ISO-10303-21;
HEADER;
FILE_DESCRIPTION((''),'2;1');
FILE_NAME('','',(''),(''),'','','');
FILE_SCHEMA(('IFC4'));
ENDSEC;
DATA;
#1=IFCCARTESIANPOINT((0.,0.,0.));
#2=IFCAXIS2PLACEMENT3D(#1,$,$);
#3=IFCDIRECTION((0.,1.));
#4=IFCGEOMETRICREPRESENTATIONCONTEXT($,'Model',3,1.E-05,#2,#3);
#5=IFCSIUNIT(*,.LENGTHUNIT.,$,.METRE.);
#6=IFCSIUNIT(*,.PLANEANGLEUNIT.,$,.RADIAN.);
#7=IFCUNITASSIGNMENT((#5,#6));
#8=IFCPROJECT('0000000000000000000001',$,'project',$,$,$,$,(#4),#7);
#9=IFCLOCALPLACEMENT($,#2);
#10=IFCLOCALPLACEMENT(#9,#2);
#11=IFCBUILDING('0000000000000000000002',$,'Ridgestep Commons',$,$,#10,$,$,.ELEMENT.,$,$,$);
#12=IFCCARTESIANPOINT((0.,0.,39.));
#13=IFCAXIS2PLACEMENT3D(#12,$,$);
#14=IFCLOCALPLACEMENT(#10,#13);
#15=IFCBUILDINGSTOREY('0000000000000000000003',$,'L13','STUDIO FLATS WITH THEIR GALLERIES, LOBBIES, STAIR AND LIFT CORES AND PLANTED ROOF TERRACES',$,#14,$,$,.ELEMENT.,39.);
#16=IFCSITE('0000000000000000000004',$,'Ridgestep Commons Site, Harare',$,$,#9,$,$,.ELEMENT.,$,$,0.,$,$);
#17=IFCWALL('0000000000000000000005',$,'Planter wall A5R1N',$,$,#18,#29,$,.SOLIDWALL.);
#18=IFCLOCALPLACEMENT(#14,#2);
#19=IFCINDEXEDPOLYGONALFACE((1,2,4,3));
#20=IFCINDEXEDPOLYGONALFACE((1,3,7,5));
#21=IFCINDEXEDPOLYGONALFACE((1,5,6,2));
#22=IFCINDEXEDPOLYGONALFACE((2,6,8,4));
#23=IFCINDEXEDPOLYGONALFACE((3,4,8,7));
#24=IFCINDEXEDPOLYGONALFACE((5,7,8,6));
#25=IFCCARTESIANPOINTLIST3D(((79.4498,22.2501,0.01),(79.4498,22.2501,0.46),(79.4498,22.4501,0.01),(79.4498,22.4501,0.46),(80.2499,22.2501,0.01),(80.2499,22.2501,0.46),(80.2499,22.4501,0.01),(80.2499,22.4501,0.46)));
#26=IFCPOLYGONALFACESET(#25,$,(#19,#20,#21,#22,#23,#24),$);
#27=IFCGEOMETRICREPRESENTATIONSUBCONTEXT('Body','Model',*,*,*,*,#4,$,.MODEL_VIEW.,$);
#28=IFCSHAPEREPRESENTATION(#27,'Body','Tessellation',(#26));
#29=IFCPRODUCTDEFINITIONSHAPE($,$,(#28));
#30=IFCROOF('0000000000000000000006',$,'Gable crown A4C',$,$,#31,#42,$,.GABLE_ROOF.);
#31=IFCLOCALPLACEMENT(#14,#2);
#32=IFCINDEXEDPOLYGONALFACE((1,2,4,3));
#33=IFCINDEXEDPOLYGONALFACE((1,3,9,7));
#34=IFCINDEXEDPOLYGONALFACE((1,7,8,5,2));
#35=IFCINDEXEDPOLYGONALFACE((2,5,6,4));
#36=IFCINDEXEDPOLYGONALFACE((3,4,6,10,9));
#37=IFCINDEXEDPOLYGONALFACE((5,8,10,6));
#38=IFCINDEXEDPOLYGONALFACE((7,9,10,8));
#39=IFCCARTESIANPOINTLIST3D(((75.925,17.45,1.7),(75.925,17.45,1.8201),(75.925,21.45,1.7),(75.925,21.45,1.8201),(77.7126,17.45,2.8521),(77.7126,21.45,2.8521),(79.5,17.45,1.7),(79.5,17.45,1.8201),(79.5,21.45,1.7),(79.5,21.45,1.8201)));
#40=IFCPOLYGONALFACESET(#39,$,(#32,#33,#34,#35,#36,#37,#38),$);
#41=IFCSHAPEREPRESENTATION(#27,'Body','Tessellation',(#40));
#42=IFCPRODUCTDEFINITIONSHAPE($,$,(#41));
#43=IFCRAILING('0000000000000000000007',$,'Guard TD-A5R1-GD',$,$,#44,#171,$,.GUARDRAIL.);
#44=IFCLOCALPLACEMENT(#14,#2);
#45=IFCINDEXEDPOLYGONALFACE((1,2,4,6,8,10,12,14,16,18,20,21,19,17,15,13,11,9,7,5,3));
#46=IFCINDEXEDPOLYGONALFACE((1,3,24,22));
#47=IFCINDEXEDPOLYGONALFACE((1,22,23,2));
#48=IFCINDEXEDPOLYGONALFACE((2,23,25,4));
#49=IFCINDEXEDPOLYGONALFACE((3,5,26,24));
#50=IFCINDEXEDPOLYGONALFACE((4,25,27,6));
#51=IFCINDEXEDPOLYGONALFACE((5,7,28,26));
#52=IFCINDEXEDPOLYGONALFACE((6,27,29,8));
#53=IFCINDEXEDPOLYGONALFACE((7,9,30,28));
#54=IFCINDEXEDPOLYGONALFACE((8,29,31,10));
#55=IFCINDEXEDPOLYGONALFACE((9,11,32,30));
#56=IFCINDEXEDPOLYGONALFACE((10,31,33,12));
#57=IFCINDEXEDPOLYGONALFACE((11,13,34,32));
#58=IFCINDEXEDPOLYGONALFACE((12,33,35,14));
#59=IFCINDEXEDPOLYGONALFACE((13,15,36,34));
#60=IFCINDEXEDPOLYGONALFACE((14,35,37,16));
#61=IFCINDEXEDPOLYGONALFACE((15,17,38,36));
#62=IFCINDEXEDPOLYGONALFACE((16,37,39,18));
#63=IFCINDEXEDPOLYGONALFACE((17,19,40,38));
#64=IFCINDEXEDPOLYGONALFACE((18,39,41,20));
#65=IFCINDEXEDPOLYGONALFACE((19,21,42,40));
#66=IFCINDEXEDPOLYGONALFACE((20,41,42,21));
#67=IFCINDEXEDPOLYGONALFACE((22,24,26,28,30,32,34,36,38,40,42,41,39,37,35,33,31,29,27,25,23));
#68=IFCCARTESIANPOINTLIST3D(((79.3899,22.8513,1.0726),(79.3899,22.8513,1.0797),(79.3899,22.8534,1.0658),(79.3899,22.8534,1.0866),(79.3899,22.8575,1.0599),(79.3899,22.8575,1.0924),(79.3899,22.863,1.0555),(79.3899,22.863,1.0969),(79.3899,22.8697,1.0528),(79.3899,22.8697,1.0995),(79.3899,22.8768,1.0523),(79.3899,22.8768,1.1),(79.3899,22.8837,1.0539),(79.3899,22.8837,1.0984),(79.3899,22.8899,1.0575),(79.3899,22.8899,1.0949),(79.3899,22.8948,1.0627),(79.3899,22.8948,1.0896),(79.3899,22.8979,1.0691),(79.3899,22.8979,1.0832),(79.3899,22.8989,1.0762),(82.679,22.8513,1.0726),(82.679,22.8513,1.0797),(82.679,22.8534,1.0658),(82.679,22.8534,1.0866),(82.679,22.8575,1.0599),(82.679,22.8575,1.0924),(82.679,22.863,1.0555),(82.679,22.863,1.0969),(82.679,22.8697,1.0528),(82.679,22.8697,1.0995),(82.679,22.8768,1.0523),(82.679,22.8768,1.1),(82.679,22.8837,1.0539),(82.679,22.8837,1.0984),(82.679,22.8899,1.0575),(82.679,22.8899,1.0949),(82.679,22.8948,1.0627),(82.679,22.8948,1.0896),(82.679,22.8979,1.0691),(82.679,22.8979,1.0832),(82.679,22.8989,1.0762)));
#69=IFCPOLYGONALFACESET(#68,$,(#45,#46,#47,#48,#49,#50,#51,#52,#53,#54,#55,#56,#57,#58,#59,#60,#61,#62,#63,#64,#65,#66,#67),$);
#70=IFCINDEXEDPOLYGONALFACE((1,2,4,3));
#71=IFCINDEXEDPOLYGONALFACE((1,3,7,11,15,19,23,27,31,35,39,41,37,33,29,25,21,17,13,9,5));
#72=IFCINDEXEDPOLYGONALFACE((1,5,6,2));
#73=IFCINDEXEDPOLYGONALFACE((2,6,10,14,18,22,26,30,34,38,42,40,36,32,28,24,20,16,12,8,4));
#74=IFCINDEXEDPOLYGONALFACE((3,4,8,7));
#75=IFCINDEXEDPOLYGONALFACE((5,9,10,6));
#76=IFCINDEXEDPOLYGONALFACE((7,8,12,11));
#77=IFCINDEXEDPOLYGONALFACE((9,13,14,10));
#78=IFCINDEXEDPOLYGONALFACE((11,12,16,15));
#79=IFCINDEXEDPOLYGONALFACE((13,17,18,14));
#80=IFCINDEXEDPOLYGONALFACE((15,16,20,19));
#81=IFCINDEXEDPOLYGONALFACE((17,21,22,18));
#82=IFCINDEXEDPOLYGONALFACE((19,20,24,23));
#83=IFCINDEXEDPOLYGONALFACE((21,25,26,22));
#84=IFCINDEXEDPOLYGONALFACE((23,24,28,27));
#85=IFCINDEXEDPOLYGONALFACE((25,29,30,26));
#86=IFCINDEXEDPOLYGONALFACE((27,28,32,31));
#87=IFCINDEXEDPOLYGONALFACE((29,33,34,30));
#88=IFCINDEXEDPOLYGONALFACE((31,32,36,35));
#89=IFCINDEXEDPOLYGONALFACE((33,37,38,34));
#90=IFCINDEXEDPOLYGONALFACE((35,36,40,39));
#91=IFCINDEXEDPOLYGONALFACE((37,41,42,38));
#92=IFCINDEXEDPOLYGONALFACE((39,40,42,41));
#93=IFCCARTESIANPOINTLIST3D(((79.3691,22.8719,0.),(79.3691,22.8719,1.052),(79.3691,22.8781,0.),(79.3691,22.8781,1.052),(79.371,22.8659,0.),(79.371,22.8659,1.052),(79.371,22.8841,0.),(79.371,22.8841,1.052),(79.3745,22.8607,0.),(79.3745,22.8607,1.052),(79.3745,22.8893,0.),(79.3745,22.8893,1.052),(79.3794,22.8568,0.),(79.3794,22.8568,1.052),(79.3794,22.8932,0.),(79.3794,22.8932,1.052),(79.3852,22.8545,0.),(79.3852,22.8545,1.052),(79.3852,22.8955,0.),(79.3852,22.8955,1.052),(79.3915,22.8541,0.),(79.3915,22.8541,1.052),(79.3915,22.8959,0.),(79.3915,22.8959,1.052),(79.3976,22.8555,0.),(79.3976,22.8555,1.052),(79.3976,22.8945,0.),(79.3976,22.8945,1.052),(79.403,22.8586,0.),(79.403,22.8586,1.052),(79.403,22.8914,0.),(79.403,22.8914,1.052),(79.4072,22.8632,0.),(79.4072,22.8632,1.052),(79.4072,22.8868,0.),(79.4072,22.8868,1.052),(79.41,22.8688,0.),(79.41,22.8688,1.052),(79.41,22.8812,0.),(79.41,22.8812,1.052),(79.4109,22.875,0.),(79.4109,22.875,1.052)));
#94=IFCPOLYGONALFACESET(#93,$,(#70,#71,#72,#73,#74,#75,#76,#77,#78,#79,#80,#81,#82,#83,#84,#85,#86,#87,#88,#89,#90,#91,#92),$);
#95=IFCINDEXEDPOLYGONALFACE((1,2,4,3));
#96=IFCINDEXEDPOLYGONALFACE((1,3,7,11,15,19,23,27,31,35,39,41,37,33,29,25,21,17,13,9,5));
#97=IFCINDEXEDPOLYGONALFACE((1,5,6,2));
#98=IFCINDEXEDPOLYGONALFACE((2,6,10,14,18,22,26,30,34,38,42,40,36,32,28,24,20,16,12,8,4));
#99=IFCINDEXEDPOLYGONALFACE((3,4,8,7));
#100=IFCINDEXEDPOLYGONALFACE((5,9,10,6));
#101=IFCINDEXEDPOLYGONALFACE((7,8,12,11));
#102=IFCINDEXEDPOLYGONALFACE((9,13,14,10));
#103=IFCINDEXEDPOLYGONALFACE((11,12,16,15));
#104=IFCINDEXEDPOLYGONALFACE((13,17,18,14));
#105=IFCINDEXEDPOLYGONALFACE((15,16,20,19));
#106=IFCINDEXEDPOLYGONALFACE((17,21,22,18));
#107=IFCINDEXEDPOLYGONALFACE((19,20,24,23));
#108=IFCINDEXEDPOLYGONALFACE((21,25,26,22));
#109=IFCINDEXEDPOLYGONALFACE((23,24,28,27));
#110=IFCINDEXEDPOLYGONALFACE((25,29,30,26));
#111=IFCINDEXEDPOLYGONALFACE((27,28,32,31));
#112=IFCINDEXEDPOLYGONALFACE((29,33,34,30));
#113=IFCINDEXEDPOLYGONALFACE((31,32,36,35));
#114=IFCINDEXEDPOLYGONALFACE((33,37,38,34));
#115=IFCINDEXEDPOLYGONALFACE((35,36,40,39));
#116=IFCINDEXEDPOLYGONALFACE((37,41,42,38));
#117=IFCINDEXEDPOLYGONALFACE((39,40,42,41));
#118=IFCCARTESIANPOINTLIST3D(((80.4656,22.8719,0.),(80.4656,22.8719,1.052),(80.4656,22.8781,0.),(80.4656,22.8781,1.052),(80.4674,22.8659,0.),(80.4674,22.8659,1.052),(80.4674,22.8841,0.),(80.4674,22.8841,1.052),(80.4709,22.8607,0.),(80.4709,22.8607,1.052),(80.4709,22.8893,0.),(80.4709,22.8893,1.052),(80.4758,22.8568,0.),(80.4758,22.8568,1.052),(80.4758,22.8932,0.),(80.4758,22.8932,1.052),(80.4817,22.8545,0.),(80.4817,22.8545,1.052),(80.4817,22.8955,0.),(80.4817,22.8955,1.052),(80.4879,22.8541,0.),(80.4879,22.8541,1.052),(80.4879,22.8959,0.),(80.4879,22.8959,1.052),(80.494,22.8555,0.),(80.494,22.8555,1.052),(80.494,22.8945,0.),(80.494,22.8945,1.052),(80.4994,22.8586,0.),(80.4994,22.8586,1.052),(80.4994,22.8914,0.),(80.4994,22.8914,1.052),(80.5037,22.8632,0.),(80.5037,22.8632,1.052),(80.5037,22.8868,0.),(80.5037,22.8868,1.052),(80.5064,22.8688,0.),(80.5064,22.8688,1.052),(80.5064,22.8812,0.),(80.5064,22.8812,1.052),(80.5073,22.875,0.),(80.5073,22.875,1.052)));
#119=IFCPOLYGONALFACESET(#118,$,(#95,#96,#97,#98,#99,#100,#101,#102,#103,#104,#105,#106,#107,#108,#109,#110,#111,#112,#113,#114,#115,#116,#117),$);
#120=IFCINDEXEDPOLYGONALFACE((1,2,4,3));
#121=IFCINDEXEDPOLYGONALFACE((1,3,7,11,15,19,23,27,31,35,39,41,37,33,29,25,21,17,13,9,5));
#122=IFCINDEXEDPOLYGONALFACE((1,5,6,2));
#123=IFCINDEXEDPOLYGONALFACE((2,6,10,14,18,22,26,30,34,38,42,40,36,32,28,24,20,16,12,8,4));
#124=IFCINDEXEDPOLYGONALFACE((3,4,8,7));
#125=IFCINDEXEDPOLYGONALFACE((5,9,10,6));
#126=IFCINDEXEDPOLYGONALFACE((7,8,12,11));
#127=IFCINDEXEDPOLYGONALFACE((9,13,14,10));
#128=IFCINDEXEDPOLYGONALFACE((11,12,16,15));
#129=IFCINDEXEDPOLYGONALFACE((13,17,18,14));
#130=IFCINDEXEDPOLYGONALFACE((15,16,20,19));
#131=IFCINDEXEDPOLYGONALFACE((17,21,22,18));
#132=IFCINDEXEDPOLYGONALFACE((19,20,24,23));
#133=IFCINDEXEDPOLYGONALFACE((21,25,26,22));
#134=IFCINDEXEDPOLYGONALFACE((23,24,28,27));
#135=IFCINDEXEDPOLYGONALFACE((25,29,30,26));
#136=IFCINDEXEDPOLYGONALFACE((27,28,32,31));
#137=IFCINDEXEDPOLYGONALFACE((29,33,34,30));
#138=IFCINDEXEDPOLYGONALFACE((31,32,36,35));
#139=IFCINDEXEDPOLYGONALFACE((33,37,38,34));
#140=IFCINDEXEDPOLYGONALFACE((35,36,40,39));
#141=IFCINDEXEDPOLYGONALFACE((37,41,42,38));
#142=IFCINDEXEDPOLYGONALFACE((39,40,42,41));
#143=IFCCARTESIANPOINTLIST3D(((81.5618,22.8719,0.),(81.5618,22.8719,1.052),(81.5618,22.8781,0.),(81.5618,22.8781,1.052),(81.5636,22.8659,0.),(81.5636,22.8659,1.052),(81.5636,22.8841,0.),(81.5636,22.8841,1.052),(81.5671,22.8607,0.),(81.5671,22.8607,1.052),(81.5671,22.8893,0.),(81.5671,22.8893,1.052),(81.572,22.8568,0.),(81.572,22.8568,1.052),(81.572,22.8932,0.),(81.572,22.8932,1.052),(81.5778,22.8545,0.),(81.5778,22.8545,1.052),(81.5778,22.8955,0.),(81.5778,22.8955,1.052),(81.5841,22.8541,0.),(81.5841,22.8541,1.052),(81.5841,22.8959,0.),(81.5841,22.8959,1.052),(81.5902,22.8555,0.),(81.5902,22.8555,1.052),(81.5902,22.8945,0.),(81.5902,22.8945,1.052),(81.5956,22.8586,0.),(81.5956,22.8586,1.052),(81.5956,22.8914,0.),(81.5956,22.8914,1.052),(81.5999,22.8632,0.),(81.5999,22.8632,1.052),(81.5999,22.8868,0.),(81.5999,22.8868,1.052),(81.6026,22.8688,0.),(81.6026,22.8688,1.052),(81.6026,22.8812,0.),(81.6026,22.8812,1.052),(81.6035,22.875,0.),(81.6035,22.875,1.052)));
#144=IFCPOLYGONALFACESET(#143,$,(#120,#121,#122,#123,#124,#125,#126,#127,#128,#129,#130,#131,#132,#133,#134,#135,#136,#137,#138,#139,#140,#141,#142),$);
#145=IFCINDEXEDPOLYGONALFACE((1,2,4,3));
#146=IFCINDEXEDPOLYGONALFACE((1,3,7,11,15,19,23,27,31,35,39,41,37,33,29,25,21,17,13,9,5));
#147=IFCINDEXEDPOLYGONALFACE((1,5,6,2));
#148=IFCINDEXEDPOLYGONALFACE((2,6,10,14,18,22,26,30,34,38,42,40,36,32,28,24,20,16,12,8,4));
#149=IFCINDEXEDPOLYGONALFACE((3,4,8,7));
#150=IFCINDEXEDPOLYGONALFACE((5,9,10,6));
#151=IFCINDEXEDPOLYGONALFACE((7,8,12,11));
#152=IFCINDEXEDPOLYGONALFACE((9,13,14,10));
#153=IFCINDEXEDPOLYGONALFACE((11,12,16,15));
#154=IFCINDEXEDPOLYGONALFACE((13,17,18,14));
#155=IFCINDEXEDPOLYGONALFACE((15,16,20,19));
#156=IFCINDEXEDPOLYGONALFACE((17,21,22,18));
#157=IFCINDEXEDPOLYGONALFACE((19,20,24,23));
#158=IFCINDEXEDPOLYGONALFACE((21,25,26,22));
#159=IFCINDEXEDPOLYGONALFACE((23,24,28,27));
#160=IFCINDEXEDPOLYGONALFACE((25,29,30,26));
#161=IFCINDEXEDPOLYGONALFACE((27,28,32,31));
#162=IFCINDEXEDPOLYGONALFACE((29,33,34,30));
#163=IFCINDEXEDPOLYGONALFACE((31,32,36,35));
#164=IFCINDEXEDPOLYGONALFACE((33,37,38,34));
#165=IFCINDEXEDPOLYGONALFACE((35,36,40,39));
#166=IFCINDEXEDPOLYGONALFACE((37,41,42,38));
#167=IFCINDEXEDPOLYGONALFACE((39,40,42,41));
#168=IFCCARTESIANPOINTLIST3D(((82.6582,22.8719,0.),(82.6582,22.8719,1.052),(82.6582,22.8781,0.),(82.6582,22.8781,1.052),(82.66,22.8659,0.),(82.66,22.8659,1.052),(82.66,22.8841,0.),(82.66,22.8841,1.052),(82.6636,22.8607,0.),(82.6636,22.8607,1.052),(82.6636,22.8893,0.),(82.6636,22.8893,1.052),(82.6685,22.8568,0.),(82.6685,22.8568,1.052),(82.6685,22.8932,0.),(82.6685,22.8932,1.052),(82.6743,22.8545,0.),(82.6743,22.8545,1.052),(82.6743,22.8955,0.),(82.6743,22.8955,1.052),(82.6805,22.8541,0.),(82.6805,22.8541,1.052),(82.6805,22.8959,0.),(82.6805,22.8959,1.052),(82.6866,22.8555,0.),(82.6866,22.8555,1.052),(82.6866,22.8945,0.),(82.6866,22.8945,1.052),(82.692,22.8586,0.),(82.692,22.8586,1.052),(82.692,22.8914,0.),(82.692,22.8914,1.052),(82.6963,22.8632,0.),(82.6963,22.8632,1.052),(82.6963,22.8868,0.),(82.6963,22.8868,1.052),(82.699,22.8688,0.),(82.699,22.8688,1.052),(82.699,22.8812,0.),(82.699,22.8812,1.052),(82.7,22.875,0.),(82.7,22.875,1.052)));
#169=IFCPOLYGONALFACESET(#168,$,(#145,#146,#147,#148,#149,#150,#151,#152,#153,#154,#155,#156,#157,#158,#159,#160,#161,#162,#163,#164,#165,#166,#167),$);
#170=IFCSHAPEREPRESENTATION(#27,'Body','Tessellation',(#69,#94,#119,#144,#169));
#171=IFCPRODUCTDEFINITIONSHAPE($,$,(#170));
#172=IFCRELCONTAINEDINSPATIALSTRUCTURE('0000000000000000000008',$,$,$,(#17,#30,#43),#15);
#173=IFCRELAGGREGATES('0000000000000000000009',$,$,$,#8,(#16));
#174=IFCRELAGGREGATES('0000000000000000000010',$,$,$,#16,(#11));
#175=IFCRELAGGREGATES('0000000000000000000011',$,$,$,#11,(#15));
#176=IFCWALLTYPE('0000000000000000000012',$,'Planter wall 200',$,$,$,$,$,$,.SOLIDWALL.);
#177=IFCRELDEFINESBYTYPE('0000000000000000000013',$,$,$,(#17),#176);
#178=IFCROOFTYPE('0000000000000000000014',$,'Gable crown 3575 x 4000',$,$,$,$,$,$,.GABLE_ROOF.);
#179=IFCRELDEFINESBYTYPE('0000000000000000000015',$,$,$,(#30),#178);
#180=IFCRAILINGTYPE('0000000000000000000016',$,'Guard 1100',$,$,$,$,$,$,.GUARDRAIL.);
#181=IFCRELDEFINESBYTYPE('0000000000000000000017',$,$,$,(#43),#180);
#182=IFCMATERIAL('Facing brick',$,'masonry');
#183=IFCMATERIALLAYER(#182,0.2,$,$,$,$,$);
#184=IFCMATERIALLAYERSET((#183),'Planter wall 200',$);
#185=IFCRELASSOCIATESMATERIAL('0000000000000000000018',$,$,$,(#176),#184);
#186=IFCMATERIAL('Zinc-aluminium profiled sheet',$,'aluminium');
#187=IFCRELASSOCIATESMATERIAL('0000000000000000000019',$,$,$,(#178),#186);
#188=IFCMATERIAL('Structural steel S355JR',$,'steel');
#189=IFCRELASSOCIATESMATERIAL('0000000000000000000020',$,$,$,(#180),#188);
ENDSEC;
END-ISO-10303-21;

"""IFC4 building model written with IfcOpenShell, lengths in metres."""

from ifc_helpers import new_model, si_unit, direction, frame, frame_2d, origin, origin_2d, place, context, subcontext, project, spatial, polyline, rectangle, circle, outline, extrude, material, layer, layer_set, type_object, element, save


model = new_model("IFC4")

# Units and contexts
model_context = context("Model", 3, precision=1e-05, world=origin(), true_north=direction((0.0, 1.0)))
body_context = subcontext(model_context, "Body", "Model", "MODEL_VIEW")
ifc_project = project(units=[si_unit("LENGTHUNIT", "METRE"), si_unit("PLANEANGLEUNIT", "RADIAN")], contexts=[model_context])

# Site, building, storey
site_placement = place(None, origin())
site = spatial("IfcSite", under=ifc_project, at=site_placement, Name="Ridgestep Commons Site, Harare", CompositionType="ELEMENT", RefElevation=0.0)
building_placement = place(site_placement, origin())
building = spatial("IfcBuilding", under=site, at=building_placement, Name="Ridgestep Commons", CompositionType="ELEMENT")
storey_placement = place(building_placement, frame((0.0, 0.0, 39.0)))
storey = spatial("IfcBuildingStorey", under=building, at=storey_placement, Name="L13", Description="STUDIO FLATS WITH THEIR GALLERIES, LOBBIES, STAIR AND LIFT CORES AND PLANTED ROOF TERRACES", CompositionType="ELEMENT", Elevation=39.0)

# Wall
ifc_material_1 = material(Name="Facing brick", Category="masonry")
ifc_layer_1 = layer(ifc_material_1, 0.2)
ifc_layer_set_1 = layer_set([ifc_layer_1], Name="Planter wall 200")
wall_type_1 = type_object("IfcWallType", Name="Planter wall 200", PredefinedType="SOLIDWALL", material=ifc_layer_set_1)
for number, where, z_axis, x_axis, name in (
    (1, (79.45, 22.3501, 0.01), (0.0, 0.0, 1.0), (1.0, 0.0, 0.0), "Planter wall A5R1N"),
):
    element("IfcWall", number, at=place(storey_placement, frame(where, z_axis=z_axis, x_axis=x_axis)), inside=storey, type_object=wall_type_1, Name=name, PredefinedType="SOLIDWALL", context=body_context, shape_type="SweptSolid", body=[
        extrude(rectangle(XDim=0.8, YDim=0.2, at=frame_2d((0.3999, 0.0))), origin(), (0.0, 0.0, 1.0), 0.45),
    ])

# Roof
ifc_material_2 = material(Name="Zinc-aluminium profiled sheet", Category="aluminium")
roof_type = type_object("IfcRoofType", Name="Gable crown 3575 x 4000", PredefinedType="GABLE_ROOF", material=ifc_material_2)
roof_placement = place(storey_placement, frame((75.925, 19.45, 1.7), z_axis=(0.0, 0.0, 1.0), x_axis=(1.0, 0.0, 0.0)))
element("IfcRoof", 2, at=roof_placement, inside=storey, type_object=roof_type, Name="Gable crown A4C", PredefinedType="GABLE_ROOF", context=body_context, shape_type="SweptSolid", body=[
    extrude(outline(polyline([(0.0, 0.0), (3.575, 0.0), (3.575, 0.1201), (1.7876, 1.1521), (0.0, 0.1201), (0.0, 0.0)])), frame((0.0, 2.0, 0.0), z_axis=(0.0, -1.0, 0.0), x_axis=(1.0, 0.0, 0.0)), (0.0, 0.0, 1.0), 4.0),
])

# Railing
ifc_material_3 = material(Name="Structural steel S355JR", Category="steel")
railing_type = type_object("IfcRailingType", Name="Guard 1100", PredefinedType="GUARDRAIL", material=ifc_material_3)
railing_1_placement = place(storey_placement, frame((79.3899, 22.875, 0.0)))
element("IfcRailing", 3, at=railing_1_placement, inside=storey, type_object=railing_type, Name="Guard TD-A5R1-GD", PredefinedType="GUARDRAIL", context=body_context, shape_type="SweptSolid", body=[
    extrude(circle(Radius=0.0239, at=origin_2d()), frame((0.0, 0.0, 1.0762), z_axis=(1.0, 0.0, 0.0), x_axis=(0.0, 1.0, 0.0)), (0.0, 0.0, 1.0), 3.2891),
    extrude(circle(Radius=0.021, at=origin_2d()), origin(), (0.0, 0.0, 1.0), 1.052),
    extrude(circle(Radius=0.021, at=origin_2d()), frame((1.0964, 0.0, 0.0)), (0.0, 0.0, 1.0), 1.052),
    extrude(circle(Radius=0.021, at=origin_2d()), frame((2.1926, 0.0, 0.0)), (0.0, 0.0, 1.0), 1.052),
    extrude(circle(Radius=0.021, at=origin_2d()), frame((3.2891, 0.0, 0.0)), (0.0, 0.0, 1.0), 1.052),
])

save(model, "model.ifc")
